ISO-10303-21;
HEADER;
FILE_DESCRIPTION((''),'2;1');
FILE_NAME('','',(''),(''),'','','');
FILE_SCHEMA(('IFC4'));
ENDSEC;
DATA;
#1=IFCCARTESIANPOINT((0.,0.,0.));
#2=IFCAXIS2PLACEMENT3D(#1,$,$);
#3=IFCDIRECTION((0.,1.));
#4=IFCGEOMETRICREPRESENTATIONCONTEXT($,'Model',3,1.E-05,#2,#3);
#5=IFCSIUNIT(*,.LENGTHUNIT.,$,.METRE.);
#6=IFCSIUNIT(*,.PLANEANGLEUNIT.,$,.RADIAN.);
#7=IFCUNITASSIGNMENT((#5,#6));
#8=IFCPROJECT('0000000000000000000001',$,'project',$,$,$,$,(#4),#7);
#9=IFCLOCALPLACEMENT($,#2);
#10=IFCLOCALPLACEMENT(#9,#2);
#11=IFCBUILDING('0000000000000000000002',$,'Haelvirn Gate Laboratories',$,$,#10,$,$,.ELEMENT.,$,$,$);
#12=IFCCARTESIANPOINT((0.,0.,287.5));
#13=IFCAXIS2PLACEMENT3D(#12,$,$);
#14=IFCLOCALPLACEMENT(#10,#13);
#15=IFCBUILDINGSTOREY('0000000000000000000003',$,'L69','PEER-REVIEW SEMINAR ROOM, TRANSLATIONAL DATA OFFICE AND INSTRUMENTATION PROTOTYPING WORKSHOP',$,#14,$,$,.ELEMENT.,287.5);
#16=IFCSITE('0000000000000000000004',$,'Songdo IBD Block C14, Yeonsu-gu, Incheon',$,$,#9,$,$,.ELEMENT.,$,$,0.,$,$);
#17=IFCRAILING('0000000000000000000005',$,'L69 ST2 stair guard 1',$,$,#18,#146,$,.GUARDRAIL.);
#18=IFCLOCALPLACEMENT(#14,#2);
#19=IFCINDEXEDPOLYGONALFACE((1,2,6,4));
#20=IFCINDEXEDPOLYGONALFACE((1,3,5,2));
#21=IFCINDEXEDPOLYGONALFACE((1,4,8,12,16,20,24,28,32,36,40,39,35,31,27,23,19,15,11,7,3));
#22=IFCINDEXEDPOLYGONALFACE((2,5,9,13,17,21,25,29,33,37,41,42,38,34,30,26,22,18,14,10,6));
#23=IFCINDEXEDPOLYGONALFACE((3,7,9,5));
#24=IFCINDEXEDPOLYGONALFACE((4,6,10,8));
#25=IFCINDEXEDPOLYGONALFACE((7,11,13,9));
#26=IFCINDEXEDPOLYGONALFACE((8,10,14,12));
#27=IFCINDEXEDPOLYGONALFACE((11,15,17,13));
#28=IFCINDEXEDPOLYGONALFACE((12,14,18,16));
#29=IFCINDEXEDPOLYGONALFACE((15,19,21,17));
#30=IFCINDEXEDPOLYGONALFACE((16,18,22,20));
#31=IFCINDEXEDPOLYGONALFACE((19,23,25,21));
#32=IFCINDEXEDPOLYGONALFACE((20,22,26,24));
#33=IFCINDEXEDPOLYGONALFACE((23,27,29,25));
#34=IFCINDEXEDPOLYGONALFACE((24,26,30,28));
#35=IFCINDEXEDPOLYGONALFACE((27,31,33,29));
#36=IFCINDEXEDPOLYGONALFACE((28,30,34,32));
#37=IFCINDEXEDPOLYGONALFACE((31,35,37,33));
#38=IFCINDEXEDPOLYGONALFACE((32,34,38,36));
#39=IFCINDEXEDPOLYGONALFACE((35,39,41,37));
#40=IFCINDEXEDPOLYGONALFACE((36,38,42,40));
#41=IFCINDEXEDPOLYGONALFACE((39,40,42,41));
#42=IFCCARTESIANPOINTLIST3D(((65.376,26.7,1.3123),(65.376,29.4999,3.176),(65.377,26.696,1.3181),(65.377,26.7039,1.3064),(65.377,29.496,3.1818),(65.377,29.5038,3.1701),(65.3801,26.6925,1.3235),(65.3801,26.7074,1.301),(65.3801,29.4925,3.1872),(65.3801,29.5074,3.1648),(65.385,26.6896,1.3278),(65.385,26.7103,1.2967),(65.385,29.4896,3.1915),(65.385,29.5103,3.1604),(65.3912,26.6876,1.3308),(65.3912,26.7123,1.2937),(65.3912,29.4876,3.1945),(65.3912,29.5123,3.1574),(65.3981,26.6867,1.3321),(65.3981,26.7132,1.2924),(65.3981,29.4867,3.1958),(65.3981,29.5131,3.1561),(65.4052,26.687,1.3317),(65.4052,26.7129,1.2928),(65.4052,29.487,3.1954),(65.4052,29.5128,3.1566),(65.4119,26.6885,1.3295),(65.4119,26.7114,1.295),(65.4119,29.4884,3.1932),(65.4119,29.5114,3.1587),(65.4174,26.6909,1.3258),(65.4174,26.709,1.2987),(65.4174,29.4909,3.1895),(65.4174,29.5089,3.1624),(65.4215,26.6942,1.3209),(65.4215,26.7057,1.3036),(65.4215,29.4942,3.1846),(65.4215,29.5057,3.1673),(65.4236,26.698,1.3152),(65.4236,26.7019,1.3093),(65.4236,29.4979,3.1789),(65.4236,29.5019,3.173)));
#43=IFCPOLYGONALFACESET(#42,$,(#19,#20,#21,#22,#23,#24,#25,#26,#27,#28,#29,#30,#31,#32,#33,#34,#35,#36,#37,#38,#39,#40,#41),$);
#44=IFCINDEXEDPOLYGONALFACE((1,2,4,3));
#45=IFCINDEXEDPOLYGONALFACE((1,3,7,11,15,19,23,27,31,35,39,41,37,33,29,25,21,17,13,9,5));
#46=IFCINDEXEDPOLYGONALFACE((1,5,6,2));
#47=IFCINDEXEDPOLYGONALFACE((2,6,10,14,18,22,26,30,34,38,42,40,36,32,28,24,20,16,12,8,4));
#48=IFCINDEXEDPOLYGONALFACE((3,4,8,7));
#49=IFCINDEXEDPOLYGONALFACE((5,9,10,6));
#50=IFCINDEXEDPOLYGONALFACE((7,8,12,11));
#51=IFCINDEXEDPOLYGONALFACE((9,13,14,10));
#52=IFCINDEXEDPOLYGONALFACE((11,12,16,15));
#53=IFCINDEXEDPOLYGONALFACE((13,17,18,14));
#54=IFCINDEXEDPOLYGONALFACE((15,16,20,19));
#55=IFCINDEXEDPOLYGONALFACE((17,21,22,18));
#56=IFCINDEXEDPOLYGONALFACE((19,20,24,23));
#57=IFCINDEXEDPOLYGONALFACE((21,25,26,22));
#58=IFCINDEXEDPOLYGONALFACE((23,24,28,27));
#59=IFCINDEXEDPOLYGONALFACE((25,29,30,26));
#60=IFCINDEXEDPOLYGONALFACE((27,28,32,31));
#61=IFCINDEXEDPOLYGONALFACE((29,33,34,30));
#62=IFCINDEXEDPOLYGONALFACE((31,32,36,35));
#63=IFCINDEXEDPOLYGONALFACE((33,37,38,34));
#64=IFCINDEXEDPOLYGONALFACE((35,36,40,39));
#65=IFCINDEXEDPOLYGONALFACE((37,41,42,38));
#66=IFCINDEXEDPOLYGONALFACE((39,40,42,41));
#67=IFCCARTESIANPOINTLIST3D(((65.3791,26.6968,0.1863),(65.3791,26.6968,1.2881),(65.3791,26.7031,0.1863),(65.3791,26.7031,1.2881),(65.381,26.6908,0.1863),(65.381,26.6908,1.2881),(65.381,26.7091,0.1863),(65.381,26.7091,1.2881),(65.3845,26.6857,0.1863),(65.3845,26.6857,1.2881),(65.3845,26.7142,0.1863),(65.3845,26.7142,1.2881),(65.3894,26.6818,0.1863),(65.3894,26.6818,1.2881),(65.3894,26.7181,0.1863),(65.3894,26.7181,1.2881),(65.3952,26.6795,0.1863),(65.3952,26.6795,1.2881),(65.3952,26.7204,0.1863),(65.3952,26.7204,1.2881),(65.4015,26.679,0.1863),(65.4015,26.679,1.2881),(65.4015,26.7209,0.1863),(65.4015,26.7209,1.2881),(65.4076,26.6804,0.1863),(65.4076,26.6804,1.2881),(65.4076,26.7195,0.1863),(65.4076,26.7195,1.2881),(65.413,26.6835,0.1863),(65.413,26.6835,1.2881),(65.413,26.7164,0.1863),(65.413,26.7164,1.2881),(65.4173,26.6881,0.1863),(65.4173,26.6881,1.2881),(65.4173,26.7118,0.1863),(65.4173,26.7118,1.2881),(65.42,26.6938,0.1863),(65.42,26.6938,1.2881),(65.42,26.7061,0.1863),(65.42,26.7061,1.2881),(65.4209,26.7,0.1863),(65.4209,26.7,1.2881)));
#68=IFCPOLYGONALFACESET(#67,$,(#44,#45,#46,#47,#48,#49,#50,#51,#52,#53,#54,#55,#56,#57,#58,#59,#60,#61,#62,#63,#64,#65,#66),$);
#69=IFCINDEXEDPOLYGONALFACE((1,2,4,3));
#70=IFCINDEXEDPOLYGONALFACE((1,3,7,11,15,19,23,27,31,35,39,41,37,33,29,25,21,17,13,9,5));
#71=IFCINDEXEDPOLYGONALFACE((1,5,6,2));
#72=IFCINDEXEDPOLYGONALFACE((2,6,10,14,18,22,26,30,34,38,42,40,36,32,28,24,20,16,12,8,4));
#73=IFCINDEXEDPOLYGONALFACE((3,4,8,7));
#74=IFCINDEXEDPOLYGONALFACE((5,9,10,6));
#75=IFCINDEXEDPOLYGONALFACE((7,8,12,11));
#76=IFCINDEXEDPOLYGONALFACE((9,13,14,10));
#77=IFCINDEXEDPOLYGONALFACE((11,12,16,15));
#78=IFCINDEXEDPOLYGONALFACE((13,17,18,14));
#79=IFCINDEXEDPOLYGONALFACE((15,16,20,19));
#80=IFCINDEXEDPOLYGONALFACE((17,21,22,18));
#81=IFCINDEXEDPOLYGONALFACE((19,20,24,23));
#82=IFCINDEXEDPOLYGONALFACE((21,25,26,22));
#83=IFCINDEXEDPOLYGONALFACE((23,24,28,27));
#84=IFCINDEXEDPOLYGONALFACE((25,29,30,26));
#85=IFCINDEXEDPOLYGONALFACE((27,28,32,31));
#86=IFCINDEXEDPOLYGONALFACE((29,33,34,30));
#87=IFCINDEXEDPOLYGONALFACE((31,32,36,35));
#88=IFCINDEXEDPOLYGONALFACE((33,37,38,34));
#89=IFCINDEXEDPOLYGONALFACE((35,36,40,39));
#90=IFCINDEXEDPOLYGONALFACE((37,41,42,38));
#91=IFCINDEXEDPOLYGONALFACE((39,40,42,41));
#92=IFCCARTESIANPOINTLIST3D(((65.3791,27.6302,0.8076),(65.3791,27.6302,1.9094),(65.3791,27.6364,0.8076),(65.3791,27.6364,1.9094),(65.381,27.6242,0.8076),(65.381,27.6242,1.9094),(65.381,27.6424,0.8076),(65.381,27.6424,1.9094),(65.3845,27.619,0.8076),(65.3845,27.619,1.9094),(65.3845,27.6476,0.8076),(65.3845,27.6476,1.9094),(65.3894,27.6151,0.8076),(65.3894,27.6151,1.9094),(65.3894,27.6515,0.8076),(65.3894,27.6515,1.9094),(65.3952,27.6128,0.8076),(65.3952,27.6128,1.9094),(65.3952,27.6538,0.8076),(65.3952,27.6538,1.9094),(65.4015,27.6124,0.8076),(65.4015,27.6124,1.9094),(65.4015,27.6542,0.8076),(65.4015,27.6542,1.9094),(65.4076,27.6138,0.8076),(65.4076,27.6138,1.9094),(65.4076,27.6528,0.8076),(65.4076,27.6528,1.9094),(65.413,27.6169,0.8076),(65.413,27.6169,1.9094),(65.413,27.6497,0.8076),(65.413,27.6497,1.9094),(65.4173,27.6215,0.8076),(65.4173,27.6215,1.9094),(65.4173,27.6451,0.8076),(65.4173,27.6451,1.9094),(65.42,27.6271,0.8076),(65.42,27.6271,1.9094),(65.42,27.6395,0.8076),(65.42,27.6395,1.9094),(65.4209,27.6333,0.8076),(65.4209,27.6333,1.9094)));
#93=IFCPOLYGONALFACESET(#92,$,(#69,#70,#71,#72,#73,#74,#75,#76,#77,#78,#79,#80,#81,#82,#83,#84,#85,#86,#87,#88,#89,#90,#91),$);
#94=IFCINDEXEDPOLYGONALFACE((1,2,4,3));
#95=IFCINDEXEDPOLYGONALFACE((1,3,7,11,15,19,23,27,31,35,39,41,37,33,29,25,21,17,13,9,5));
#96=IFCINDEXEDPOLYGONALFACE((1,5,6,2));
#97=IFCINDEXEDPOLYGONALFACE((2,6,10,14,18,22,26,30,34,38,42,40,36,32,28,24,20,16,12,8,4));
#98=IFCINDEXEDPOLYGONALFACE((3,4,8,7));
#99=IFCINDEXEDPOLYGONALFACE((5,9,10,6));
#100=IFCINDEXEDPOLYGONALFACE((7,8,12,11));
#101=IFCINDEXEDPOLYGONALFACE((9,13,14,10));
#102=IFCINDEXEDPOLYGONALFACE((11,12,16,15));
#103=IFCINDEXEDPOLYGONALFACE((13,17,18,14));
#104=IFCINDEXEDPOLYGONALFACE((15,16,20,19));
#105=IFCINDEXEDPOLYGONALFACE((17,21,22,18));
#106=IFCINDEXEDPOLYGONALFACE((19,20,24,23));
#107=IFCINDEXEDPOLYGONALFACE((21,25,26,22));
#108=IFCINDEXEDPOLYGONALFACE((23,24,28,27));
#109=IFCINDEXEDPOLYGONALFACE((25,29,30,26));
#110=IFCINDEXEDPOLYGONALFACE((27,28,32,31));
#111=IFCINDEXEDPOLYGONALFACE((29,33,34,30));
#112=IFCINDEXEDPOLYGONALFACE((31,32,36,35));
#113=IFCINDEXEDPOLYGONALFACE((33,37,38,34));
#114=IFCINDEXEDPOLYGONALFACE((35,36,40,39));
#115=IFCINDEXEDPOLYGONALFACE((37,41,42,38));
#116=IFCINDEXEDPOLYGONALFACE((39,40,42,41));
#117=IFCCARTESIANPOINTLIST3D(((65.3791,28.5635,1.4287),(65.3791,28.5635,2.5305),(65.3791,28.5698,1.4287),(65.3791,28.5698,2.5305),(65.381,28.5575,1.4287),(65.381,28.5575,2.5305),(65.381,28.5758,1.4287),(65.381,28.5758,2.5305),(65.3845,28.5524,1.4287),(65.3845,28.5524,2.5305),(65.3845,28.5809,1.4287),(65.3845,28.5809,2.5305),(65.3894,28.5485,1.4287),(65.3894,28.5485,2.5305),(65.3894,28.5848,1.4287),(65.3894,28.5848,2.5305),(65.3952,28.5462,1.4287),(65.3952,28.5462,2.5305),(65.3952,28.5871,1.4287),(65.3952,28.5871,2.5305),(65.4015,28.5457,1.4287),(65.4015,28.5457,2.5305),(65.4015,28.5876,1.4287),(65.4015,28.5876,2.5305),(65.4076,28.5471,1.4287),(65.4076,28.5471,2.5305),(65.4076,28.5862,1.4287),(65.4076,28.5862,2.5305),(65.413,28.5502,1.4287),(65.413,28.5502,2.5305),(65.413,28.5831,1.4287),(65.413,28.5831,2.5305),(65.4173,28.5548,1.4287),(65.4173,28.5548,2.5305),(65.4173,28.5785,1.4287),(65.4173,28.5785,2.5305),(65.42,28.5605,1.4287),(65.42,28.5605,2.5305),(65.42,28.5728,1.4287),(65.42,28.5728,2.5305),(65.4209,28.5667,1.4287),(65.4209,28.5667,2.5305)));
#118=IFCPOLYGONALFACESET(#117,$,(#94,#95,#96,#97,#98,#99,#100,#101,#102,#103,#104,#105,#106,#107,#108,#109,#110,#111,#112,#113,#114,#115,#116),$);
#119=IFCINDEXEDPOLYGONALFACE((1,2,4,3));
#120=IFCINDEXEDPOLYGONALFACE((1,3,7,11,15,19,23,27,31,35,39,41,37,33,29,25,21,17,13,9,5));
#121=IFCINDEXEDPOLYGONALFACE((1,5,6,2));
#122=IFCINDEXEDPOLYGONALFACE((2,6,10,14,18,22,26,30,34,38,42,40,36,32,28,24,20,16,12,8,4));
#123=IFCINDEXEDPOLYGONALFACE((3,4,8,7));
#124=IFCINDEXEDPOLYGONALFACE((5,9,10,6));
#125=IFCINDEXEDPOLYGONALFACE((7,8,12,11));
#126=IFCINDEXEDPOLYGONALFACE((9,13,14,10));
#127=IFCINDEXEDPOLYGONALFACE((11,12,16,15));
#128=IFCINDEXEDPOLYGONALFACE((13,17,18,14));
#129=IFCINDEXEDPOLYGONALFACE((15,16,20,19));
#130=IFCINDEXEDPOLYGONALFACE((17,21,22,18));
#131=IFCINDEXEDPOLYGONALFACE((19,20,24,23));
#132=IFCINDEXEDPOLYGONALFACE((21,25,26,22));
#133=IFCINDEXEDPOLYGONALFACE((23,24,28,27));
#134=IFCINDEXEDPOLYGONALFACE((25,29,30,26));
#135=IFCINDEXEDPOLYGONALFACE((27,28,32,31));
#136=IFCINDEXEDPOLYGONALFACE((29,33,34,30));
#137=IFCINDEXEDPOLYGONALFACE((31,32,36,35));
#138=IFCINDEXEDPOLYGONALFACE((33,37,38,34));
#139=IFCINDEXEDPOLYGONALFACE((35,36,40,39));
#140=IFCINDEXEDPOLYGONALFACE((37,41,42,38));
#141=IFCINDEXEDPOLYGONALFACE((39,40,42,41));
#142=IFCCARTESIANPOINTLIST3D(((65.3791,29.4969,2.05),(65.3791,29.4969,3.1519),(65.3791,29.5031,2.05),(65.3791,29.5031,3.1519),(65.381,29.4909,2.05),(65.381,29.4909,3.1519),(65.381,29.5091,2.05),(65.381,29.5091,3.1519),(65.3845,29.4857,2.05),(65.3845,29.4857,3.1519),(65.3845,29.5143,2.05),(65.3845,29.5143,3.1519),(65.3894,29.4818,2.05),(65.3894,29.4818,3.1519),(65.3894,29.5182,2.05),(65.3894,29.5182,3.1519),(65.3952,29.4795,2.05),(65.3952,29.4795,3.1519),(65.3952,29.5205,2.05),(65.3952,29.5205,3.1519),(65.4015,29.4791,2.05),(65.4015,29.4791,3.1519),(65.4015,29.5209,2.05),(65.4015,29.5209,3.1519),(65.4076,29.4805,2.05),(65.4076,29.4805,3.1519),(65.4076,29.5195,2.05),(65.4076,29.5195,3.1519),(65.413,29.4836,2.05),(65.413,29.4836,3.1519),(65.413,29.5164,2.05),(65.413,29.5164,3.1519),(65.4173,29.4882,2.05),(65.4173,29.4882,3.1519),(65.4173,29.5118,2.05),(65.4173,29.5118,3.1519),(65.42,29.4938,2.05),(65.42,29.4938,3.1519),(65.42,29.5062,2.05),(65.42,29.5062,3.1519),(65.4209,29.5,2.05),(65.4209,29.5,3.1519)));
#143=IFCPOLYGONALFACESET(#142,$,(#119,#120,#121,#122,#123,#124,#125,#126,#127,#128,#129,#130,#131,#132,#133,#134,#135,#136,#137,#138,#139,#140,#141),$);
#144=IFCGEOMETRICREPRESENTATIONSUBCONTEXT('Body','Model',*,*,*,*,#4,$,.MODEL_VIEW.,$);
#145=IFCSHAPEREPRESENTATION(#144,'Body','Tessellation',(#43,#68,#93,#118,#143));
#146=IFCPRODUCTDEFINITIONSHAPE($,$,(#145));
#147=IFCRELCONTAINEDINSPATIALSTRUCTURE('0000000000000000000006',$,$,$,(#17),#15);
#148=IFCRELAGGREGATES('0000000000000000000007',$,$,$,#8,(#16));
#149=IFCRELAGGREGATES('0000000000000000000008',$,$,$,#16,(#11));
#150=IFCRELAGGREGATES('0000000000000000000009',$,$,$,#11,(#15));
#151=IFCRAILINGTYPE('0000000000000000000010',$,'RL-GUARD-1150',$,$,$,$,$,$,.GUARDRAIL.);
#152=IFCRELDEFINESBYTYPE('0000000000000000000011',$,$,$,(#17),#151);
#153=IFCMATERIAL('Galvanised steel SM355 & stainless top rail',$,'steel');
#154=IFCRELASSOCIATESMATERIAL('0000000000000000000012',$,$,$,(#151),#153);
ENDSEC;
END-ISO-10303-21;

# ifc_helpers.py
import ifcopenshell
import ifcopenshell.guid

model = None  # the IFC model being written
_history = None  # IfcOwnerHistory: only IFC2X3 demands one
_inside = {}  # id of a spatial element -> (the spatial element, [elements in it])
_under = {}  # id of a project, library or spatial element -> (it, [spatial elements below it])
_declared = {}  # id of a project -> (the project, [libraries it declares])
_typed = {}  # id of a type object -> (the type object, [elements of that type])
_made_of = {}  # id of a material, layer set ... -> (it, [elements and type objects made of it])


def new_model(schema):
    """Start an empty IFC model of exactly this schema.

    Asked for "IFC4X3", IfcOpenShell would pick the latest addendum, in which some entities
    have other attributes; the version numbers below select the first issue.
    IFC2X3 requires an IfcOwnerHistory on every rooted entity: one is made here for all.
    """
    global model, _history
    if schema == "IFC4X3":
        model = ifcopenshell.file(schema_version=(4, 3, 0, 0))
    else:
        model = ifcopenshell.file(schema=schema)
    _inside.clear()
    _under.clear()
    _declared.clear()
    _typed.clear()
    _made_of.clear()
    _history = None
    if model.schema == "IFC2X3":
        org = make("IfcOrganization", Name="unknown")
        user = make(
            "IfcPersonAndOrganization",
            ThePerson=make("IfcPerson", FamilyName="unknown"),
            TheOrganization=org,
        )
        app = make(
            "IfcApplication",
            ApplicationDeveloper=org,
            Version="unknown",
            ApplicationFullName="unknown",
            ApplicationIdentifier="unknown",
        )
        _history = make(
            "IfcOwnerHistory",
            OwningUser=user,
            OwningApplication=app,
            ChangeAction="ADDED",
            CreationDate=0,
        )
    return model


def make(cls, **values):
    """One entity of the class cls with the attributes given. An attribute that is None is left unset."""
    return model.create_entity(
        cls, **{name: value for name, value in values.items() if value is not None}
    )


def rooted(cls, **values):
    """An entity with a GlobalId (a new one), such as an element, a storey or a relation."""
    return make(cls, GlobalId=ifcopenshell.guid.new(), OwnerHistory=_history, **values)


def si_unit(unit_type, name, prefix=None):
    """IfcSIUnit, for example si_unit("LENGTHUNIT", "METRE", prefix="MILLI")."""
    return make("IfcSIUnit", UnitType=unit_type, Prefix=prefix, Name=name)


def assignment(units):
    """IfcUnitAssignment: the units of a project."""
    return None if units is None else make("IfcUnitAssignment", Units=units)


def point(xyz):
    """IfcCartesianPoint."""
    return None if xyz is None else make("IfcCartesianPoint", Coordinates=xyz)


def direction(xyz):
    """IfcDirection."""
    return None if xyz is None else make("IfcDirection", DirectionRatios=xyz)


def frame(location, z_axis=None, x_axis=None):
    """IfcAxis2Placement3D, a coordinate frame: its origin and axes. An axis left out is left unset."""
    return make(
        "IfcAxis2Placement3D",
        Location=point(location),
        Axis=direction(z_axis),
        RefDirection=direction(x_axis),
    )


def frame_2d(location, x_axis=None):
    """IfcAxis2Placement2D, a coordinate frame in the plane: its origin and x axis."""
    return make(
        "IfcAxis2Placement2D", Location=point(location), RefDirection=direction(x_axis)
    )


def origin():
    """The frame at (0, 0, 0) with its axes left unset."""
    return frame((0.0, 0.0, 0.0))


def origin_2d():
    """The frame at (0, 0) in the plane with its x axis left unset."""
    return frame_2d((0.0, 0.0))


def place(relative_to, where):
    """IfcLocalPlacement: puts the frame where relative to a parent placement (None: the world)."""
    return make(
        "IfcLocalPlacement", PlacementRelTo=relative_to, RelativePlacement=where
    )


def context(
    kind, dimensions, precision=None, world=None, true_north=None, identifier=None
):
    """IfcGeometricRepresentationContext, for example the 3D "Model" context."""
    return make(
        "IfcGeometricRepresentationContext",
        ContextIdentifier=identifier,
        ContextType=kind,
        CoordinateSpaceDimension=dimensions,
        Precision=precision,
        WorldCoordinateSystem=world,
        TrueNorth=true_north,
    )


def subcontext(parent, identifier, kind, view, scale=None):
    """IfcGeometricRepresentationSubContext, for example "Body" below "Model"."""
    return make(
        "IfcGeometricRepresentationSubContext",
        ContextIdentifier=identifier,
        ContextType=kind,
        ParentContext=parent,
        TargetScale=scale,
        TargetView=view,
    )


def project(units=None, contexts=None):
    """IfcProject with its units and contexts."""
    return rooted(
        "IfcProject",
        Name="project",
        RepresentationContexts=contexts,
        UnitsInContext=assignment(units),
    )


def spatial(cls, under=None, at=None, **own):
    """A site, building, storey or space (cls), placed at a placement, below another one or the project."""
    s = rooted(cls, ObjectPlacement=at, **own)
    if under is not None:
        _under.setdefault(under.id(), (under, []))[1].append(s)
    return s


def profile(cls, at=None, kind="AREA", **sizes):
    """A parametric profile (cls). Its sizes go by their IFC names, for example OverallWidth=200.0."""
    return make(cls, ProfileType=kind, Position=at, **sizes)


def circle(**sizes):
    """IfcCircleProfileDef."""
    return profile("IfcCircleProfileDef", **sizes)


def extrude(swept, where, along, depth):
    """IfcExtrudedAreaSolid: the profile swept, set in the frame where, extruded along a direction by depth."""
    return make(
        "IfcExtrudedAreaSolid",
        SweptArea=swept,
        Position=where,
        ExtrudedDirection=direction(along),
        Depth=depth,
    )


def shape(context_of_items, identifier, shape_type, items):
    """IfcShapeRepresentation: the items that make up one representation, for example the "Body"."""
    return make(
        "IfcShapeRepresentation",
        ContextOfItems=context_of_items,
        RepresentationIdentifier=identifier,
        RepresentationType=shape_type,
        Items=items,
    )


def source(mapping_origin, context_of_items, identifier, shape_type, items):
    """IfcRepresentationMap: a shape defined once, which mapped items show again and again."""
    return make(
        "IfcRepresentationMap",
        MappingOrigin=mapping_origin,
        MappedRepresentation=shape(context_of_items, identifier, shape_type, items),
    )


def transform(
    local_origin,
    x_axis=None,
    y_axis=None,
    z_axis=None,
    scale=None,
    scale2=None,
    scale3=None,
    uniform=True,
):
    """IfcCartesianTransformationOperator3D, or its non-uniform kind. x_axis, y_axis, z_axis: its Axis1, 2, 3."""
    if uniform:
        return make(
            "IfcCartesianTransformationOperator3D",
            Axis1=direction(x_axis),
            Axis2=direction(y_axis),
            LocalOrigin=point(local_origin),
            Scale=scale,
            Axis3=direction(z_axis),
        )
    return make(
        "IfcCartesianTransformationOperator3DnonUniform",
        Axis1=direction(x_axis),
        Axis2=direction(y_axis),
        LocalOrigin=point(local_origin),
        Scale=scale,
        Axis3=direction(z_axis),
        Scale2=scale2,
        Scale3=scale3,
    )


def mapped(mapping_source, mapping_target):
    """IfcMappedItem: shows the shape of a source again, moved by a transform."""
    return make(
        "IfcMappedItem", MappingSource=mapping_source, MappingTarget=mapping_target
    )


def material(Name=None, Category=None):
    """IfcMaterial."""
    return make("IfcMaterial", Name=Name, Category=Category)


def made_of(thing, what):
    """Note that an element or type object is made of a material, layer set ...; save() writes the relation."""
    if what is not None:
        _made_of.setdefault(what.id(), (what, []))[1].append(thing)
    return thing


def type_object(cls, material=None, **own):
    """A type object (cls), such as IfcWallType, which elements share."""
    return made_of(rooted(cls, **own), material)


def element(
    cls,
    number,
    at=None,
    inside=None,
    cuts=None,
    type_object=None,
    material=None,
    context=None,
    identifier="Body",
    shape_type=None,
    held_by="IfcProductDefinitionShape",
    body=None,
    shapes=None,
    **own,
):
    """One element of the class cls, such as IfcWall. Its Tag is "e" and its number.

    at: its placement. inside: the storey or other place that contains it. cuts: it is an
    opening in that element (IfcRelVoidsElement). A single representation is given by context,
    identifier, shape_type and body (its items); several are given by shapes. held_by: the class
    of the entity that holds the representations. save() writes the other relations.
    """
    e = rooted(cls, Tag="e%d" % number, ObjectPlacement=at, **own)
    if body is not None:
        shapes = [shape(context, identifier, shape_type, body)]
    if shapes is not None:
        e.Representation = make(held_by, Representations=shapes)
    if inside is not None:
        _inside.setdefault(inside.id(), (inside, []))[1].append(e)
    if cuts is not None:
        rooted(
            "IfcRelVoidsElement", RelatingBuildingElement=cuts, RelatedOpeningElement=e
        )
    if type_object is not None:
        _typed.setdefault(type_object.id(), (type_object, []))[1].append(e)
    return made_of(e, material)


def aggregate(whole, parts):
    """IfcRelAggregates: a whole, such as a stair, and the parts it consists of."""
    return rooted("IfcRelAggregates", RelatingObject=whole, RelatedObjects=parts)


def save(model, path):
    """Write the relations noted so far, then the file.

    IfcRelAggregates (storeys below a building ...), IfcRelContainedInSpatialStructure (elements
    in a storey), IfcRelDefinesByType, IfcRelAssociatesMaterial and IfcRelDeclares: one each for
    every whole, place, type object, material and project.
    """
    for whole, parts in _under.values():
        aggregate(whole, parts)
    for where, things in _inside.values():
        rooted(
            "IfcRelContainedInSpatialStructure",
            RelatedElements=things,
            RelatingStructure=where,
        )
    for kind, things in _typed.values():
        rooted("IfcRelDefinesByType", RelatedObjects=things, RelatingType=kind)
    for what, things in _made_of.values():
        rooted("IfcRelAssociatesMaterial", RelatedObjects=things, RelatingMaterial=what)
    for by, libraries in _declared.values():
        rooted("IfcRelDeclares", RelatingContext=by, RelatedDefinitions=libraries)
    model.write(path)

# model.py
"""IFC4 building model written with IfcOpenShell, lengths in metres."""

from ifc_helpers import new_model, si_unit, direction, frame, origin, origin_2d, place, context, subcontext, project, spatial, circle, extrude, source, transform, mapped, material, type_object, element, save


model = new_model("IFC4")

# Units and contexts
model_context = context("Model", 3, precision=1e-05, world=origin(), true_north=direction((0.0, 1.0)))
body_context = subcontext(model_context, "Body", "Model", "MODEL_VIEW")
ifc_project = project(units=[si_unit("LENGTHUNIT", "METRE"), si_unit("PLANEANGLEUNIT", "RADIAN")], contexts=[model_context])

# Site, building, storey
site_placement = place(None, origin())
site = spatial("IfcSite", under=ifc_project, at=site_placement, Name="Songdo IBD Block C14, Yeonsu-gu, Incheon", CompositionType="ELEMENT", RefElevation=0.0)
building_placement = place(site_placement, origin())
building = spatial("IfcBuilding", under=site, at=building_placement, Name="Haelvirn Gate Laboratories", CompositionType="ELEMENT")
storey_placement = place(building_placement, frame((0.0, 0.0, 287.5)))
storey = spatial("IfcBuildingStorey", under=building, at=storey_placement, Name="L69", Description="PEER-REVIEW SEMINAR ROOM, TRANSLATIONAL DATA OFFICE AND INSTRUMENTATION PROTOTYPING WORKSHOP", CompositionType="ELEMENT", Elevation=287.5)

# Railing
ifc_material_1 = material(Name="Galvanised steel SM355 & stainless top rail", Category="steel")
railing_type_1 = type_object("IfcRailingType", Name="RL-GUARD-1150", PredefinedType="GUARDRAIL", material=ifc_material_1)
shared_shape_1 = source(origin(), body_context, "Body", "SweptSolid", [
    extrude(circle(Radius=0.0239, at=origin_2d()), frame((0.0, 0.0, 1.126), z_axis=(0.0, 0.832452, 0.554097), x_axis=(-1.0, 0.0, 0.0)), (0.0, 0.0, 1.0), 3.3635),
    extrude(circle(Radius=0.021, at=origin_2d()), origin(), (0.0, 0.0, 1.0), 1.1018),
    extrude(circle(Radius=0.021, at=origin_2d()), frame((0.0, 0.9333, 0.6213)), (0.0, 0.0, 1.0), 1.1018),
    extrude(circle(Radius=0.021, at=origin_2d()), frame((0.0, 1.8667, 1.2424)), (0.0, 0.0, 1.0), 1.1018),
    extrude(circle(Radius=0.021, at=origin_2d()), frame((0.0, 2.8, 1.8638)), (0.0, 0.0, 1.0), 1.1018),
])
railing_1_placement = place(storey_placement, frame((65.3999, 26.7, 0.1863)))
element("IfcRailing", 1, at=railing_1_placement, inside=storey, type_object=railing_type_1, Name="L69 ST2 stair guard 1", PredefinedType="GUARDRAIL", context=body_context, shape_type="MappedRepresentation", body=[
    mapped(shared_shape_1, transform((0.0, 0.0, 0.0), scale=1.0)),
])

save(model, "model.ifc")
